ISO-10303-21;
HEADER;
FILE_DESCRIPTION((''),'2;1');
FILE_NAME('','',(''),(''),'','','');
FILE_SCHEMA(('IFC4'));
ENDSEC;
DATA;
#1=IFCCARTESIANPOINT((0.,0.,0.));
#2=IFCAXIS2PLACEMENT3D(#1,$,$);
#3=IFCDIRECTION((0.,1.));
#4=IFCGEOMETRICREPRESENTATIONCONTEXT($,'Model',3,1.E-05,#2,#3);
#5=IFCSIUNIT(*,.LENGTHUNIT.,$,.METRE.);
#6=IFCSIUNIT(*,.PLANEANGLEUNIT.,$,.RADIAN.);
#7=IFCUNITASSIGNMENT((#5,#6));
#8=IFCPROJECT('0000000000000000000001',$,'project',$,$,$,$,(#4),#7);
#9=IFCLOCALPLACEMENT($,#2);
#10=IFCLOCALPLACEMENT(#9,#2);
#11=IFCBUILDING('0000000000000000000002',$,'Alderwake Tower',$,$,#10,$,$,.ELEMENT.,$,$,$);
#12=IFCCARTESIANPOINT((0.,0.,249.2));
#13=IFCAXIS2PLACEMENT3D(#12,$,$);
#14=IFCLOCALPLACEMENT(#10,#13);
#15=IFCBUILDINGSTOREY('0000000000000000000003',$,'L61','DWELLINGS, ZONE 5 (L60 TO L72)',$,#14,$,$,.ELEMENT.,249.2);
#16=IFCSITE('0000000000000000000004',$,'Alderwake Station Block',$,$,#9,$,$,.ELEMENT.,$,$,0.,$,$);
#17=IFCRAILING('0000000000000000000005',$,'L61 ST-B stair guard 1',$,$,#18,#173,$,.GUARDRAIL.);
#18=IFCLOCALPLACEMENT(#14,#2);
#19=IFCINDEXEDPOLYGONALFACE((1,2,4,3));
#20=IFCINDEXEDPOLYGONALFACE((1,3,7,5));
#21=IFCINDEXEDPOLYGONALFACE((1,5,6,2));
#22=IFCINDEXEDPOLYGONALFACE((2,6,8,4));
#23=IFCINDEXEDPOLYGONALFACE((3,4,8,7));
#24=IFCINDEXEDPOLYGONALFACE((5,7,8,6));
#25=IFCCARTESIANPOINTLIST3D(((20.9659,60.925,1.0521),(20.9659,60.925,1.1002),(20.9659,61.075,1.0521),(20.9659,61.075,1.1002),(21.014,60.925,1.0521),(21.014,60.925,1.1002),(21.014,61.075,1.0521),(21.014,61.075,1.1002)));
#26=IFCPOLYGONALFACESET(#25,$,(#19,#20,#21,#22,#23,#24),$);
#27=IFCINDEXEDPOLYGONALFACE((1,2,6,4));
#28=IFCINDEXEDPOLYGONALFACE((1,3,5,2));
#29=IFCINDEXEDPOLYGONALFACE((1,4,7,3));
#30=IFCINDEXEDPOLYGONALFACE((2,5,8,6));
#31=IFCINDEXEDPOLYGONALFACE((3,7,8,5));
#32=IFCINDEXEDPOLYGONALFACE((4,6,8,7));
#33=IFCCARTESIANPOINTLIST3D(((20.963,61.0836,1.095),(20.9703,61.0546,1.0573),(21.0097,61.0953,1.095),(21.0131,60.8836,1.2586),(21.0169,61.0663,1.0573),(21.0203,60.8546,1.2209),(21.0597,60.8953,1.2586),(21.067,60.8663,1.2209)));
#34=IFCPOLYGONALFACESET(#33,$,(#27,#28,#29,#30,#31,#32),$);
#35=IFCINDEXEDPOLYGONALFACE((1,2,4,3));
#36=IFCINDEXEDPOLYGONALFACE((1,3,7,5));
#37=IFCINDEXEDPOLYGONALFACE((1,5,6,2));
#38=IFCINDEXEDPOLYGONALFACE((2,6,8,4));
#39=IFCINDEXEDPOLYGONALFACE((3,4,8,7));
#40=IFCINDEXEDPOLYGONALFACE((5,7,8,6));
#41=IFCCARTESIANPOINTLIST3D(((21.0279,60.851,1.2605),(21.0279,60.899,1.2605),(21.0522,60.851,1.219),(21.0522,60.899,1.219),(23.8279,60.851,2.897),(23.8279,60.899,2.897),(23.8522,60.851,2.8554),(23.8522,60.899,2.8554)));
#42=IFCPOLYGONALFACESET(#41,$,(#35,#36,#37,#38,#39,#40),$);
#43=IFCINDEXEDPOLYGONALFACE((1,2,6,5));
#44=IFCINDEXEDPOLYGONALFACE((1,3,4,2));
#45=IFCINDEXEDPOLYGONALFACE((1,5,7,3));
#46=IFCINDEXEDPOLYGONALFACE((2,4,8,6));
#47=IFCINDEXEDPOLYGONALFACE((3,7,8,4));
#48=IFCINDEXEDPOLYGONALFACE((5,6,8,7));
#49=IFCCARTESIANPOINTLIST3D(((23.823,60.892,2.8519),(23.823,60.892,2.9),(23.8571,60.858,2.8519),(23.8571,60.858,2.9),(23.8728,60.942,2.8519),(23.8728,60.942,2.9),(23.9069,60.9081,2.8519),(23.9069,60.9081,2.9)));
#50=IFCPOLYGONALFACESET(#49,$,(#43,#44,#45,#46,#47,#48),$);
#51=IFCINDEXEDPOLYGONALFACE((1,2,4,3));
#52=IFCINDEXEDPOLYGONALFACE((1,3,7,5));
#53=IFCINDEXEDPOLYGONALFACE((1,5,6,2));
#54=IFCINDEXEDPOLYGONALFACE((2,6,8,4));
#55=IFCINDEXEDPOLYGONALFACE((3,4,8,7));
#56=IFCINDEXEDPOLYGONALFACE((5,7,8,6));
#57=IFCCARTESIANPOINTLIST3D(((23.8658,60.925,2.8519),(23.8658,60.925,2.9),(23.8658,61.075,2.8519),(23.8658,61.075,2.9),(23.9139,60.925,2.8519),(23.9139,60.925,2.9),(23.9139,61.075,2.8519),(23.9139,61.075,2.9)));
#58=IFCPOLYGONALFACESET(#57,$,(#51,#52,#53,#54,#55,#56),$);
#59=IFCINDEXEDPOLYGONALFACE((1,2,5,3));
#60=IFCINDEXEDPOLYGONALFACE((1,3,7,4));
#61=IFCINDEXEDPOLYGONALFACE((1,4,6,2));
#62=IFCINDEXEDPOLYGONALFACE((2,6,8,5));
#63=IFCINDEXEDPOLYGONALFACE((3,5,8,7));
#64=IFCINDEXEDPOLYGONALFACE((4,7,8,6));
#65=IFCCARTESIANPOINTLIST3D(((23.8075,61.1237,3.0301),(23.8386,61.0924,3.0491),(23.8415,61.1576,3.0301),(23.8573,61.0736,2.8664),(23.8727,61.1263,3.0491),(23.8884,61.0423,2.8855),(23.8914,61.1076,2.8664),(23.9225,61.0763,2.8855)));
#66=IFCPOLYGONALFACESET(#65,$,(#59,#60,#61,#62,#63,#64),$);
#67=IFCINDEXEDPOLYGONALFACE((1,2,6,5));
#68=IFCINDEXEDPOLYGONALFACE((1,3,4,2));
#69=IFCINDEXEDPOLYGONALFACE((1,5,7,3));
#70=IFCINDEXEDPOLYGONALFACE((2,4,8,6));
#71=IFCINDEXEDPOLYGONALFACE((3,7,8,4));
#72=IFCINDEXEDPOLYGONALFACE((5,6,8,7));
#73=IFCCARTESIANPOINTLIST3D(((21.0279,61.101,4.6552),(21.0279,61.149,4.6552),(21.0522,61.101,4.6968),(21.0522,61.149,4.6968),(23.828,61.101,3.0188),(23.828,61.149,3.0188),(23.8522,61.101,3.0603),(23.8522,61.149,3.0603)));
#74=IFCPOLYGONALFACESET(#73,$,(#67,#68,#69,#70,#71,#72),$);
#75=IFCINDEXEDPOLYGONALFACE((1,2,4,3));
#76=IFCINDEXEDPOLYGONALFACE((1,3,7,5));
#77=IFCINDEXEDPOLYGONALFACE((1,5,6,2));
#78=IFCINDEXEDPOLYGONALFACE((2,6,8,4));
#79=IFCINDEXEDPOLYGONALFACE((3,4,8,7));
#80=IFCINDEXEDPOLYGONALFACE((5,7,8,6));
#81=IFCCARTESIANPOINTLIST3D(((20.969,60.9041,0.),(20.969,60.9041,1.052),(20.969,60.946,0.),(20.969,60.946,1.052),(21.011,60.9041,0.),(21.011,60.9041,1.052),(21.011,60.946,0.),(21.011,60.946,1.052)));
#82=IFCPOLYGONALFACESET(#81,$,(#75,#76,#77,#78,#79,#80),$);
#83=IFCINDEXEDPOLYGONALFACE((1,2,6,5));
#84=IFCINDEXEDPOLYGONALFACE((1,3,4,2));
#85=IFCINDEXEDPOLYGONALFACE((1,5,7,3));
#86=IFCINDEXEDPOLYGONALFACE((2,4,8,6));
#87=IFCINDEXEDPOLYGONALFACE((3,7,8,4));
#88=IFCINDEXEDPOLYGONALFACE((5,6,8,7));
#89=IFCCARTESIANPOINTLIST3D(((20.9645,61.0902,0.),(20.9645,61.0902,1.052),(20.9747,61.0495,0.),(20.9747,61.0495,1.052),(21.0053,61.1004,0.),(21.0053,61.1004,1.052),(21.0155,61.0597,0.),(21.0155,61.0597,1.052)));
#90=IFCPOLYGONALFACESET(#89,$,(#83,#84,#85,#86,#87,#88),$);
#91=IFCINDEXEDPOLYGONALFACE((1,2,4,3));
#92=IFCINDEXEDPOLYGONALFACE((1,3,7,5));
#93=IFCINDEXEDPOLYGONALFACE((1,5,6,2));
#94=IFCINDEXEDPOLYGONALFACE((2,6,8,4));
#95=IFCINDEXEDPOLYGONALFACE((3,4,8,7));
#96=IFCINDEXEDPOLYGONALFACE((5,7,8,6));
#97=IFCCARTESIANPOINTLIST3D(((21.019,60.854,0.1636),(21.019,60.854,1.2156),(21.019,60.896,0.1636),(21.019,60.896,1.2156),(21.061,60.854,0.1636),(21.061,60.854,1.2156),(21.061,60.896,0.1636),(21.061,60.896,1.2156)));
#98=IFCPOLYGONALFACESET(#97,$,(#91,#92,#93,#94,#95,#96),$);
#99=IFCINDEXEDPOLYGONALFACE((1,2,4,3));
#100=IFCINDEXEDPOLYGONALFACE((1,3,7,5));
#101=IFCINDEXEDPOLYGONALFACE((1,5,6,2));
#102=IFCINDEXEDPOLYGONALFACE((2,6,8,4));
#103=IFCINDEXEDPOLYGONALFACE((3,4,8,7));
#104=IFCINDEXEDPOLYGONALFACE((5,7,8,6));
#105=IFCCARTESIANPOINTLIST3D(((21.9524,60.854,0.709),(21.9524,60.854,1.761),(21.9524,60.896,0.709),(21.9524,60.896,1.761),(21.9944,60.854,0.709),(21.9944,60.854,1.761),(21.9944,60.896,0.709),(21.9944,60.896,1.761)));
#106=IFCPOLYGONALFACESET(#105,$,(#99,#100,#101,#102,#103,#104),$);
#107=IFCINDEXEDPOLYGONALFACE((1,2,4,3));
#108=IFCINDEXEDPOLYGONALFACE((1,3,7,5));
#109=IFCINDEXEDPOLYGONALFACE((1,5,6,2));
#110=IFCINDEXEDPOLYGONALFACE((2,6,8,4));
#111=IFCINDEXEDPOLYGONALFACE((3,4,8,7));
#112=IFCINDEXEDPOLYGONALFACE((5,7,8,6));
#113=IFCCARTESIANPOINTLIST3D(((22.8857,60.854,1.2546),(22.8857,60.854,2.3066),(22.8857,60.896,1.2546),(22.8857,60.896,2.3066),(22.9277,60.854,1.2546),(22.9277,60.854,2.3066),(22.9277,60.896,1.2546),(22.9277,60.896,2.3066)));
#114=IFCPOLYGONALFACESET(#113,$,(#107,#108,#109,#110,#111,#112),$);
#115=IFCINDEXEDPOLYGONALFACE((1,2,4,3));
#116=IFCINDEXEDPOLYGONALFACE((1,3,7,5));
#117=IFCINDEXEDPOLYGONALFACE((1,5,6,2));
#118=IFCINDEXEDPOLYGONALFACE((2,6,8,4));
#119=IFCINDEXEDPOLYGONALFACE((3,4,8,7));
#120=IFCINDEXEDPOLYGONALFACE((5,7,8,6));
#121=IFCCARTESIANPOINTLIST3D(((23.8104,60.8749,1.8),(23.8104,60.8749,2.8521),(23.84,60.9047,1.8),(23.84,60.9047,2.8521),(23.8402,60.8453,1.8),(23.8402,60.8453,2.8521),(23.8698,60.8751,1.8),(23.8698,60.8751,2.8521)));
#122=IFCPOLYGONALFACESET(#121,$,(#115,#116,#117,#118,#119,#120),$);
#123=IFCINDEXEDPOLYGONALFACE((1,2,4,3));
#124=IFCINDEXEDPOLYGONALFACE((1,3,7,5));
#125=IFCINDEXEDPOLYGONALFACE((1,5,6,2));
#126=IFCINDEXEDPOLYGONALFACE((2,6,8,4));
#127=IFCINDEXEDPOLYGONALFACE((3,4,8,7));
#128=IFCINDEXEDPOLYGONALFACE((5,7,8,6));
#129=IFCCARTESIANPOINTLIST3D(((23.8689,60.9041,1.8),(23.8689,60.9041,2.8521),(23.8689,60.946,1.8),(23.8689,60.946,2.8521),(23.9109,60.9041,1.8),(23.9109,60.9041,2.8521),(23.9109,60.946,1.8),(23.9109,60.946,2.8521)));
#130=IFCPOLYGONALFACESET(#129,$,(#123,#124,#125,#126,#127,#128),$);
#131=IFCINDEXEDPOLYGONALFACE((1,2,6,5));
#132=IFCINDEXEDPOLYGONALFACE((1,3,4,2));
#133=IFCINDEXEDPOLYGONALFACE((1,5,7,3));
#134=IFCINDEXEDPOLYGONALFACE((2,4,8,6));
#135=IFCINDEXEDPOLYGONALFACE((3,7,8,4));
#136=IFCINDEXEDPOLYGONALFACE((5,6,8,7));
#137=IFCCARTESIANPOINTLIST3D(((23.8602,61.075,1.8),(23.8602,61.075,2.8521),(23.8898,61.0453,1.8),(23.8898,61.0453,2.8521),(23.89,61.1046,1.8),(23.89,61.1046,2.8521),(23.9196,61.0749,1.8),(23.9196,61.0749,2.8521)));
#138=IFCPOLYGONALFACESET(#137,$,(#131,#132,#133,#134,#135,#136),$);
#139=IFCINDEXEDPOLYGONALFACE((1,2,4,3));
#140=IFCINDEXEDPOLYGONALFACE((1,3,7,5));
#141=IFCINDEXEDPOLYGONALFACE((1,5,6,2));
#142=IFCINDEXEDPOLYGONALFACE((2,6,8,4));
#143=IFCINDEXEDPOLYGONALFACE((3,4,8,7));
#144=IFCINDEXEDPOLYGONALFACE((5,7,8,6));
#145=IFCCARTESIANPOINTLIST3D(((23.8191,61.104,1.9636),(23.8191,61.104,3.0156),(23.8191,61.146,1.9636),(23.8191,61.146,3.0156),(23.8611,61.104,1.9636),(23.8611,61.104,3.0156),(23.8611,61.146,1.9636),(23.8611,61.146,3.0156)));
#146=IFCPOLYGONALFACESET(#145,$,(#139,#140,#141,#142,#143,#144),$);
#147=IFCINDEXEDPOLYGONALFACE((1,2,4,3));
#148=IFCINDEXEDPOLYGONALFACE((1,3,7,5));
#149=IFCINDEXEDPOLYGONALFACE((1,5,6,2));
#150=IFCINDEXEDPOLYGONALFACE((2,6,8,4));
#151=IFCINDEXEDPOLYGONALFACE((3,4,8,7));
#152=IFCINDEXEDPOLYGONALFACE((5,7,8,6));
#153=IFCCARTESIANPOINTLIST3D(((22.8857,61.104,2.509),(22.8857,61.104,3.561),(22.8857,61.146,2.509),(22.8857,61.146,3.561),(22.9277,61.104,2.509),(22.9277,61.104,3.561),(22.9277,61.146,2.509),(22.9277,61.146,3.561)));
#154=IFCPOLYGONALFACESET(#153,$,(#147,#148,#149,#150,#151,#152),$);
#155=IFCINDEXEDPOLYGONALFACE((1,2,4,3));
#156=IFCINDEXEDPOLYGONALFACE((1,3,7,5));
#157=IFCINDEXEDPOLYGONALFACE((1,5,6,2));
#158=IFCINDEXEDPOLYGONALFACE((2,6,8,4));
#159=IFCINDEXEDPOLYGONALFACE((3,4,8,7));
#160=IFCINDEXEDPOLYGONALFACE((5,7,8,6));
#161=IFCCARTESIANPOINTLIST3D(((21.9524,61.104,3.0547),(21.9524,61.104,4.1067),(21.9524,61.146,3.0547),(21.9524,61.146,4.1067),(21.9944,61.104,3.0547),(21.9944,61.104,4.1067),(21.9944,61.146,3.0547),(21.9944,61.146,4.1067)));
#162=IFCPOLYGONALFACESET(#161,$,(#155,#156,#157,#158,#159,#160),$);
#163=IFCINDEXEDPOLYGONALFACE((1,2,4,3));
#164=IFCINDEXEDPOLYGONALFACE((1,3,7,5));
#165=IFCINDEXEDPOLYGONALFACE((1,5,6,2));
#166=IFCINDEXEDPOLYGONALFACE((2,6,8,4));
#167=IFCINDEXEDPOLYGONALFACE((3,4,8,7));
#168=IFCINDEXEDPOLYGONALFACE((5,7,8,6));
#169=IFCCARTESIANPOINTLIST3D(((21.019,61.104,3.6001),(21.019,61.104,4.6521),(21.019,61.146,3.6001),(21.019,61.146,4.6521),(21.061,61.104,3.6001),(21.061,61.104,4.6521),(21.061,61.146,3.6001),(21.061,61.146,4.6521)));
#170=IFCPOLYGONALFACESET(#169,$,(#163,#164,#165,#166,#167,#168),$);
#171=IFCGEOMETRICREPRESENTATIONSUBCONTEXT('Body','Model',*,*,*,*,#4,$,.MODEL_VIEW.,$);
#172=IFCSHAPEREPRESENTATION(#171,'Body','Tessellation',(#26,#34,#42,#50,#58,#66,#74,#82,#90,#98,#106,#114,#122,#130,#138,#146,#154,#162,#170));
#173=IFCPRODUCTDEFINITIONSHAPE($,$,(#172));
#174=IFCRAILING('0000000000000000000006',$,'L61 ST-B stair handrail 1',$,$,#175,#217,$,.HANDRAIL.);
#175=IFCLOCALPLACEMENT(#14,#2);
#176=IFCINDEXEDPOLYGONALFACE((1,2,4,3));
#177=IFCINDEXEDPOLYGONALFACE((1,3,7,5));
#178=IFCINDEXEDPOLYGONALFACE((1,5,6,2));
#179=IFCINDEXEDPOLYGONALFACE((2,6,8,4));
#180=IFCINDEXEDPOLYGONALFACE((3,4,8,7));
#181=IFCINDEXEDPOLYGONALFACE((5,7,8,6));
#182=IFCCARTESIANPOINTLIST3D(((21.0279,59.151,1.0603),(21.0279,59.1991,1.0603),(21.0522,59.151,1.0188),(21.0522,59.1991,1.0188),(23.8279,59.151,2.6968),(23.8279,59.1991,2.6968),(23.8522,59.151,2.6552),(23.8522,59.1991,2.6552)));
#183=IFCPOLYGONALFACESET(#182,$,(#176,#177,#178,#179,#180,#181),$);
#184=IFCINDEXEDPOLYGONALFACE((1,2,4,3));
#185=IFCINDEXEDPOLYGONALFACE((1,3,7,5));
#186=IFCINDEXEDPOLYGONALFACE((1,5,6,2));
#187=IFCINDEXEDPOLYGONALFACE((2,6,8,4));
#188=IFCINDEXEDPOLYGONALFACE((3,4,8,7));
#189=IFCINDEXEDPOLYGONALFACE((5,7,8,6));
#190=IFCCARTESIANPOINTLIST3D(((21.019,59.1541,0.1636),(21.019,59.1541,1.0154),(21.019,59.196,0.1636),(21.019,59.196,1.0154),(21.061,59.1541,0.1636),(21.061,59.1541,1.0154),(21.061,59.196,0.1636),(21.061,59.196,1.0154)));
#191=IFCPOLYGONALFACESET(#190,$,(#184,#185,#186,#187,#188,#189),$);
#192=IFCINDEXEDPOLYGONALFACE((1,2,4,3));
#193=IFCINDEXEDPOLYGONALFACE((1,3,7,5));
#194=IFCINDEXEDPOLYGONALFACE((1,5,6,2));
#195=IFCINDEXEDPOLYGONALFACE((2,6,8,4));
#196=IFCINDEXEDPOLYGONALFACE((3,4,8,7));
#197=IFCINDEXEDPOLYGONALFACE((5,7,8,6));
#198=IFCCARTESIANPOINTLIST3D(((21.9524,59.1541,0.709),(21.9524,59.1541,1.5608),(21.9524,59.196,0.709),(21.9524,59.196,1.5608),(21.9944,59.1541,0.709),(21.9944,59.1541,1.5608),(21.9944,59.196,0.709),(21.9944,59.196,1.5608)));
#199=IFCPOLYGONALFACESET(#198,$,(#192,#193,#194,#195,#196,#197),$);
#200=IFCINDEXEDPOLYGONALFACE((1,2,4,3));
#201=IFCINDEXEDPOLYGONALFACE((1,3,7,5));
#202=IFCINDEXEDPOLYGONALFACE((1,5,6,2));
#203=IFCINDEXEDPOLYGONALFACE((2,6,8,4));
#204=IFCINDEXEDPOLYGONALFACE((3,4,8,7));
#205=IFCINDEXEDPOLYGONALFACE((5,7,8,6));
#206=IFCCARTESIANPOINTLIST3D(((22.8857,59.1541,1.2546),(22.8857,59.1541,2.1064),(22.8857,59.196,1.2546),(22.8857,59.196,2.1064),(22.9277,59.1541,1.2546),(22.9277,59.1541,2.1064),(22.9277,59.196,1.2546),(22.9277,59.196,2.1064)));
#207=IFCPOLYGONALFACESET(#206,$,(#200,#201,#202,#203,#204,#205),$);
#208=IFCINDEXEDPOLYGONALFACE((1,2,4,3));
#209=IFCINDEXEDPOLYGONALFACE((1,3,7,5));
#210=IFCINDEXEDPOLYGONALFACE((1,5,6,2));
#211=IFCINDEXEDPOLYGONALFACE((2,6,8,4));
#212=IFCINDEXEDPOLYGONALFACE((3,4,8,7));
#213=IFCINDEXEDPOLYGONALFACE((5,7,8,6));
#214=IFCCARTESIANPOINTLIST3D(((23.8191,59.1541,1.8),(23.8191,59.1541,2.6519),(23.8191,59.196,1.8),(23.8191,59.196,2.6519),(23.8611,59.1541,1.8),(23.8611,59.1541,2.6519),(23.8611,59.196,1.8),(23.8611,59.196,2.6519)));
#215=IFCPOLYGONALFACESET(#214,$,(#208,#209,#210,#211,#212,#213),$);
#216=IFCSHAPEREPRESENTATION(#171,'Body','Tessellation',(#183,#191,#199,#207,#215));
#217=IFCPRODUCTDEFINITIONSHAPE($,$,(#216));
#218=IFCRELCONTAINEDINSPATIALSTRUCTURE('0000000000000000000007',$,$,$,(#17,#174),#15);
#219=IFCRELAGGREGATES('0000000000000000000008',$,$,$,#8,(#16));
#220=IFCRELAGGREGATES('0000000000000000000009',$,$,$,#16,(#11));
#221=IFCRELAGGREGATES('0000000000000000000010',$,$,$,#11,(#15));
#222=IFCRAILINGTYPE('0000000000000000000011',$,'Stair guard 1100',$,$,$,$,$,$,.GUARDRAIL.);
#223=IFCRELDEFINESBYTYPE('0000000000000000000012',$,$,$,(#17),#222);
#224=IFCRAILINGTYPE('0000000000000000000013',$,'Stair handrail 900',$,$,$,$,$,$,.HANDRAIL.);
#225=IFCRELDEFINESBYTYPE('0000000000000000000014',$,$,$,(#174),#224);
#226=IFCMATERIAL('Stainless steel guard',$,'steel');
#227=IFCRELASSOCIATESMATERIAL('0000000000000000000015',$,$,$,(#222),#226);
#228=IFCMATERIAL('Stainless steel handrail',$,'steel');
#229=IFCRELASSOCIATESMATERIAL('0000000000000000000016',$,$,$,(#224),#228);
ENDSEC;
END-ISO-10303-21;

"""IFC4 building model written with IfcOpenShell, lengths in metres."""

from ifc_helpers import new_model, si_unit, direction, frame, origin, origin_with_axes, origin_2d, place, context, subcontext, project, spatial, rectangle, extrude, material, type_object, element, save


model = new_model("IFC4")

# Units and contexts
model_context = context("Model", 3, precision=1e-05, world=origin(), true_north=direction((0.0, 1.0)))
body_context = subcontext(model_context, "Body", "Model", "MODEL_VIEW")
ifc_project = project(units=[si_unit("LENGTHUNIT", "METRE"), si_unit("PLANEANGLEUNIT", "RADIAN")], contexts=[model_context])

# Site, building, storey
site_placement = place(None, origin())
site = spatial("IfcSite", under=ifc_project, at=site_placement, Name="Alderwake Station Block", CompositionType="ELEMENT", RefElevation=0.0)
building_placement = place(site_placement, origin())
building = spatial("IfcBuilding", under=site, at=building_placement, Name="Alderwake Tower", CompositionType="ELEMENT")
storey_placement = place(building_placement, frame((0.0, 0.0, 249.2)))
storey = spatial("IfcBuildingStorey", under=building, at=storey_placement, Name="L61", Description="DWELLINGS, ZONE 5 (L60 TO L72)", CompositionType="ELEMENT", Elevation=249.2)

# Railings
ifc_material_1 = material(Name="Stainless steel guard", Category="steel")
railing_type_1 = type_object("IfcRailingType", Name="Stair guard 1100", PredefinedType="GUARDRAIL", material=ifc_material_1)
railing_1_placement = place(storey_placement, frame((20.99, 60.925, 0.0)))
element("IfcRailing", 1, at=railing_1_placement, inside=storey, type_object=railing_type_1, Name="L61 ST-B stair guard 1", PredefinedType="GUARDRAIL", context=body_context, shape_type="SweptSolid", body=[
    extrude(rectangle(XDim=0.0481, YDim=0.0481, at=origin_2d()), frame((0.0, 0.0, 1.0762), z_axis=(0.0, 1.0, 0.0), x_axis=(-1.0, 0.0, 0.0)), (0.0, 0.0, 1.0), 0.1499),
    extrude(rectangle(XDim=0.0481, YDim=0.0481, at=origin_2d()), frame((0.0, 0.1499, 1.0762), z_axis=(0.1902, -0.75987, 0.621628), x_axis=(0.970073, 0.242814, 0.0)), (0.0, 0.0, 1.0), 0.2632),
    extrude(rectangle(XDim=0.0481, YDim=0.0481, at=origin_2d()), frame((0.05, -0.05, 1.2397), z_axis=(0.863361, 0.0, 0.504587), x_axis=(0.0, 1.0, 0.0)), (0.0, 0.0, 1.0), 3.2432),
    extrude(rectangle(XDim=0.0481, YDim=0.0481, at=origin_2d()), frame((2.8501, -0.05, 2.876), z_axis=(0.705376, 0.708834, 0.0), x_axis=(-0.708834, 0.705376, 0.0)), (0.0, 0.0, 1.0), 0.0706),
    extrude(rectangle(XDim=0.0481, YDim=0.0481, at=origin_2d()), frame((2.8999, 0.0, 2.876), z_axis=(0.0, 1.0, 0.0), x_axis=(-1.0, 0.0, 0.0)), (0.0, 0.0, 1.0), 0.1499),
    extrude(rectangle(XDim=0.0481, YDim=0.0481, at=origin_2d()), frame((2.8999, 0.1499, 2.876), z_axis=(-0.279546, 0.280917, 0.918118), x_axis=(-0.708834, -0.705376, 0.0)), (0.0, 0.0, 1.0), 0.1782),
    extrude(rectangle(XDim=0.0481, YDim=0.0481, at=origin_2d()), frame((2.8501, 0.2, 3.0396), z_axis=(-0.863361, 0.0, 0.504587), x_axis=(0.0, -1.0, 0.0)), (0.0, 0.0, 1.0), 3.2432),
    extrude(rectangle(XDim=0.042, YDim=0.042, at=origin_2d()), frame((0.0, 0.0, 0.0), z_axis=(0.0, 0.0, 1.0), x_axis=(0.0, 1.0, 0.0)), (0.0, 0.0, 1.0), 1.052),
    extrude(rectangle(XDim=0.042, YDim=0.042, at=origin_2d()), frame((0.0, 0.1499, 0.0), z_axis=(0.0, 0.0, 1.0), x_axis=(0.242814, -0.970073, 0.0)), (0.0, 0.0, 1.0), 1.052),
    extrude(rectangle(XDim=0.042, YDim=0.042, at=origin_2d()), frame((0.05, -0.05, 0.1636), z_axis=(0.0, 0.0, 1.0), x_axis=(1.0, 0.0, 0.0)), (0.0, 0.0, 1.0), 1.052),
    extrude(rectangle(XDim=0.042, YDim=0.042, at=origin_2d()), frame((0.9834, -0.05, 0.709), z_axis=(0.0, 0.0, 1.0), x_axis=(1.0, 0.0, 0.0)), (0.0, 0.0, 1.0), 1.052),
    extrude(rectangle(XDim=0.042, YDim=0.042, at=origin_2d()), frame((1.9167, -0.05, 1.2546), z_axis=(0.0, 0.0, 1.0), x_axis=(1.0, 0.0, 0.0)), (0.0, 0.0, 1.0), 1.052),
    extrude(rectangle(XDim=0.042, YDim=0.042, at=origin_2d()), frame((2.8501, -0.05, 1.8), z_axis=(0.0, 0.0, 1.0), x_axis=(0.705376, 0.708834, 0.0)), (0.0, 0.0, 1.0), 1.052),
    extrude(rectangle(XDim=0.042, YDim=0.042, at=origin_2d()), frame((2.8999, 0.0, 1.8), z_axis=(0.0, 0.0, 1.0), x_axis=(0.0, 1.0, 0.0)), (0.0, 0.0, 1.0), 1.052),
    extrude(rectangle(XDim=0.042, YDim=0.042, at=origin_2d()), frame((2.8999, 0.1499, 1.8), z_axis=(0.0, 0.0, 1.0), x_axis=(-0.705376, 0.708834, 0.0)), (0.0, 0.0, 1.0), 1.052),
    extrude(rectangle(XDim=0.042, YDim=0.042, at=origin_2d()), frame((2.8501, 0.2, 1.9636), z_axis=(0.0, 0.0, 1.0), x_axis=(-1.0, 0.0, 0.0)), (0.0, 0.0, 1.0), 1.052),
    extrude(rectangle(XDim=0.042, YDim=0.042, at=origin_2d()), frame((1.9167, 0.2, 2.509), z_axis=(0.0, 0.0, 1.0), x_axis=(-1.0, 0.0, 0.0)), (0.0, 0.0, 1.0), 1.052),
    extrude(rectangle(XDim=0.042, YDim=0.042, at=origin_2d()), frame((0.9834, 0.2, 3.0547), z_axis=(0.0, 0.0, 1.0), x_axis=(-1.0, 0.0, 0.0)), (0.0, 0.0, 1.0), 1.052),
    extrude(rectangle(XDim=0.042, YDim=0.042, at=origin_2d()), frame((0.05, 0.2, 3.6001), z_axis=(0.0, 0.0, 1.0), x_axis=(-1.0, 0.0, 0.0)), (0.0, 0.0, 1.0), 1.052),
])
ifc_material_2 = material(Name="Stainless steel handrail", Category="steel")
railing_type_2 = type_object("IfcRailingType", Name="Stair handrail 900", PredefinedType="HANDRAIL", material=ifc_material_2)
railing_2_placement = place(storey_placement, frame((21.04, 59.175, 0.1636)))
element("IfcRailing", 2, at=railing_2_placement, inside=storey, type_object=railing_type_2, Name="L61 ST-B stair handrail 1", PredefinedType="HANDRAIL", context=body_context, shape_type="SweptSolid", body=[
    extrude(rectangle(XDim=0.0481, YDim=0.0481, at=origin_2d()), frame((0.0, 0.0, 0.876), z_axis=(0.863361, 0.0, 0.504587), x_axis=(0.0, 1.0, 0.0)), (0.0, 0.0, 1.0), 3.2432),
    extrude(rectangle(XDim=0.042, YDim=0.042, at=origin_2d()), origin_with_axes(), (0.0, 0.0, 1.0), 0.8518),
    extrude(rectangle(XDim=0.042, YDim=0.042, at=origin_2d()), frame((0.9333, 0.0, 0.5454), z_axis=(0.0, 0.0, 1.0), x_axis=(1.0, 0.0, 0.0)), (0.0, 0.0, 1.0), 0.8518),
    extrude(rectangle(XDim=0.042, YDim=0.042, at=origin_2d()), frame((1.8667, 0.0, 1.0911), z_axis=(0.0, 0.0, 1.0), x_axis=(1.0, 0.0, 0.0)), (0.0, 0.0, 1.0), 0.8518),
    extrude(rectangle(XDim=0.042, YDim=0.042, at=origin_2d()), frame((2.8, 0.0, 1.6365), z_axis=(0.0, 0.0, 1.0), x_axis=(1.0, 0.0, 0.0)), (0.0, 0.0, 1.0), 0.8518),
])

save(model, "model.ifc")
